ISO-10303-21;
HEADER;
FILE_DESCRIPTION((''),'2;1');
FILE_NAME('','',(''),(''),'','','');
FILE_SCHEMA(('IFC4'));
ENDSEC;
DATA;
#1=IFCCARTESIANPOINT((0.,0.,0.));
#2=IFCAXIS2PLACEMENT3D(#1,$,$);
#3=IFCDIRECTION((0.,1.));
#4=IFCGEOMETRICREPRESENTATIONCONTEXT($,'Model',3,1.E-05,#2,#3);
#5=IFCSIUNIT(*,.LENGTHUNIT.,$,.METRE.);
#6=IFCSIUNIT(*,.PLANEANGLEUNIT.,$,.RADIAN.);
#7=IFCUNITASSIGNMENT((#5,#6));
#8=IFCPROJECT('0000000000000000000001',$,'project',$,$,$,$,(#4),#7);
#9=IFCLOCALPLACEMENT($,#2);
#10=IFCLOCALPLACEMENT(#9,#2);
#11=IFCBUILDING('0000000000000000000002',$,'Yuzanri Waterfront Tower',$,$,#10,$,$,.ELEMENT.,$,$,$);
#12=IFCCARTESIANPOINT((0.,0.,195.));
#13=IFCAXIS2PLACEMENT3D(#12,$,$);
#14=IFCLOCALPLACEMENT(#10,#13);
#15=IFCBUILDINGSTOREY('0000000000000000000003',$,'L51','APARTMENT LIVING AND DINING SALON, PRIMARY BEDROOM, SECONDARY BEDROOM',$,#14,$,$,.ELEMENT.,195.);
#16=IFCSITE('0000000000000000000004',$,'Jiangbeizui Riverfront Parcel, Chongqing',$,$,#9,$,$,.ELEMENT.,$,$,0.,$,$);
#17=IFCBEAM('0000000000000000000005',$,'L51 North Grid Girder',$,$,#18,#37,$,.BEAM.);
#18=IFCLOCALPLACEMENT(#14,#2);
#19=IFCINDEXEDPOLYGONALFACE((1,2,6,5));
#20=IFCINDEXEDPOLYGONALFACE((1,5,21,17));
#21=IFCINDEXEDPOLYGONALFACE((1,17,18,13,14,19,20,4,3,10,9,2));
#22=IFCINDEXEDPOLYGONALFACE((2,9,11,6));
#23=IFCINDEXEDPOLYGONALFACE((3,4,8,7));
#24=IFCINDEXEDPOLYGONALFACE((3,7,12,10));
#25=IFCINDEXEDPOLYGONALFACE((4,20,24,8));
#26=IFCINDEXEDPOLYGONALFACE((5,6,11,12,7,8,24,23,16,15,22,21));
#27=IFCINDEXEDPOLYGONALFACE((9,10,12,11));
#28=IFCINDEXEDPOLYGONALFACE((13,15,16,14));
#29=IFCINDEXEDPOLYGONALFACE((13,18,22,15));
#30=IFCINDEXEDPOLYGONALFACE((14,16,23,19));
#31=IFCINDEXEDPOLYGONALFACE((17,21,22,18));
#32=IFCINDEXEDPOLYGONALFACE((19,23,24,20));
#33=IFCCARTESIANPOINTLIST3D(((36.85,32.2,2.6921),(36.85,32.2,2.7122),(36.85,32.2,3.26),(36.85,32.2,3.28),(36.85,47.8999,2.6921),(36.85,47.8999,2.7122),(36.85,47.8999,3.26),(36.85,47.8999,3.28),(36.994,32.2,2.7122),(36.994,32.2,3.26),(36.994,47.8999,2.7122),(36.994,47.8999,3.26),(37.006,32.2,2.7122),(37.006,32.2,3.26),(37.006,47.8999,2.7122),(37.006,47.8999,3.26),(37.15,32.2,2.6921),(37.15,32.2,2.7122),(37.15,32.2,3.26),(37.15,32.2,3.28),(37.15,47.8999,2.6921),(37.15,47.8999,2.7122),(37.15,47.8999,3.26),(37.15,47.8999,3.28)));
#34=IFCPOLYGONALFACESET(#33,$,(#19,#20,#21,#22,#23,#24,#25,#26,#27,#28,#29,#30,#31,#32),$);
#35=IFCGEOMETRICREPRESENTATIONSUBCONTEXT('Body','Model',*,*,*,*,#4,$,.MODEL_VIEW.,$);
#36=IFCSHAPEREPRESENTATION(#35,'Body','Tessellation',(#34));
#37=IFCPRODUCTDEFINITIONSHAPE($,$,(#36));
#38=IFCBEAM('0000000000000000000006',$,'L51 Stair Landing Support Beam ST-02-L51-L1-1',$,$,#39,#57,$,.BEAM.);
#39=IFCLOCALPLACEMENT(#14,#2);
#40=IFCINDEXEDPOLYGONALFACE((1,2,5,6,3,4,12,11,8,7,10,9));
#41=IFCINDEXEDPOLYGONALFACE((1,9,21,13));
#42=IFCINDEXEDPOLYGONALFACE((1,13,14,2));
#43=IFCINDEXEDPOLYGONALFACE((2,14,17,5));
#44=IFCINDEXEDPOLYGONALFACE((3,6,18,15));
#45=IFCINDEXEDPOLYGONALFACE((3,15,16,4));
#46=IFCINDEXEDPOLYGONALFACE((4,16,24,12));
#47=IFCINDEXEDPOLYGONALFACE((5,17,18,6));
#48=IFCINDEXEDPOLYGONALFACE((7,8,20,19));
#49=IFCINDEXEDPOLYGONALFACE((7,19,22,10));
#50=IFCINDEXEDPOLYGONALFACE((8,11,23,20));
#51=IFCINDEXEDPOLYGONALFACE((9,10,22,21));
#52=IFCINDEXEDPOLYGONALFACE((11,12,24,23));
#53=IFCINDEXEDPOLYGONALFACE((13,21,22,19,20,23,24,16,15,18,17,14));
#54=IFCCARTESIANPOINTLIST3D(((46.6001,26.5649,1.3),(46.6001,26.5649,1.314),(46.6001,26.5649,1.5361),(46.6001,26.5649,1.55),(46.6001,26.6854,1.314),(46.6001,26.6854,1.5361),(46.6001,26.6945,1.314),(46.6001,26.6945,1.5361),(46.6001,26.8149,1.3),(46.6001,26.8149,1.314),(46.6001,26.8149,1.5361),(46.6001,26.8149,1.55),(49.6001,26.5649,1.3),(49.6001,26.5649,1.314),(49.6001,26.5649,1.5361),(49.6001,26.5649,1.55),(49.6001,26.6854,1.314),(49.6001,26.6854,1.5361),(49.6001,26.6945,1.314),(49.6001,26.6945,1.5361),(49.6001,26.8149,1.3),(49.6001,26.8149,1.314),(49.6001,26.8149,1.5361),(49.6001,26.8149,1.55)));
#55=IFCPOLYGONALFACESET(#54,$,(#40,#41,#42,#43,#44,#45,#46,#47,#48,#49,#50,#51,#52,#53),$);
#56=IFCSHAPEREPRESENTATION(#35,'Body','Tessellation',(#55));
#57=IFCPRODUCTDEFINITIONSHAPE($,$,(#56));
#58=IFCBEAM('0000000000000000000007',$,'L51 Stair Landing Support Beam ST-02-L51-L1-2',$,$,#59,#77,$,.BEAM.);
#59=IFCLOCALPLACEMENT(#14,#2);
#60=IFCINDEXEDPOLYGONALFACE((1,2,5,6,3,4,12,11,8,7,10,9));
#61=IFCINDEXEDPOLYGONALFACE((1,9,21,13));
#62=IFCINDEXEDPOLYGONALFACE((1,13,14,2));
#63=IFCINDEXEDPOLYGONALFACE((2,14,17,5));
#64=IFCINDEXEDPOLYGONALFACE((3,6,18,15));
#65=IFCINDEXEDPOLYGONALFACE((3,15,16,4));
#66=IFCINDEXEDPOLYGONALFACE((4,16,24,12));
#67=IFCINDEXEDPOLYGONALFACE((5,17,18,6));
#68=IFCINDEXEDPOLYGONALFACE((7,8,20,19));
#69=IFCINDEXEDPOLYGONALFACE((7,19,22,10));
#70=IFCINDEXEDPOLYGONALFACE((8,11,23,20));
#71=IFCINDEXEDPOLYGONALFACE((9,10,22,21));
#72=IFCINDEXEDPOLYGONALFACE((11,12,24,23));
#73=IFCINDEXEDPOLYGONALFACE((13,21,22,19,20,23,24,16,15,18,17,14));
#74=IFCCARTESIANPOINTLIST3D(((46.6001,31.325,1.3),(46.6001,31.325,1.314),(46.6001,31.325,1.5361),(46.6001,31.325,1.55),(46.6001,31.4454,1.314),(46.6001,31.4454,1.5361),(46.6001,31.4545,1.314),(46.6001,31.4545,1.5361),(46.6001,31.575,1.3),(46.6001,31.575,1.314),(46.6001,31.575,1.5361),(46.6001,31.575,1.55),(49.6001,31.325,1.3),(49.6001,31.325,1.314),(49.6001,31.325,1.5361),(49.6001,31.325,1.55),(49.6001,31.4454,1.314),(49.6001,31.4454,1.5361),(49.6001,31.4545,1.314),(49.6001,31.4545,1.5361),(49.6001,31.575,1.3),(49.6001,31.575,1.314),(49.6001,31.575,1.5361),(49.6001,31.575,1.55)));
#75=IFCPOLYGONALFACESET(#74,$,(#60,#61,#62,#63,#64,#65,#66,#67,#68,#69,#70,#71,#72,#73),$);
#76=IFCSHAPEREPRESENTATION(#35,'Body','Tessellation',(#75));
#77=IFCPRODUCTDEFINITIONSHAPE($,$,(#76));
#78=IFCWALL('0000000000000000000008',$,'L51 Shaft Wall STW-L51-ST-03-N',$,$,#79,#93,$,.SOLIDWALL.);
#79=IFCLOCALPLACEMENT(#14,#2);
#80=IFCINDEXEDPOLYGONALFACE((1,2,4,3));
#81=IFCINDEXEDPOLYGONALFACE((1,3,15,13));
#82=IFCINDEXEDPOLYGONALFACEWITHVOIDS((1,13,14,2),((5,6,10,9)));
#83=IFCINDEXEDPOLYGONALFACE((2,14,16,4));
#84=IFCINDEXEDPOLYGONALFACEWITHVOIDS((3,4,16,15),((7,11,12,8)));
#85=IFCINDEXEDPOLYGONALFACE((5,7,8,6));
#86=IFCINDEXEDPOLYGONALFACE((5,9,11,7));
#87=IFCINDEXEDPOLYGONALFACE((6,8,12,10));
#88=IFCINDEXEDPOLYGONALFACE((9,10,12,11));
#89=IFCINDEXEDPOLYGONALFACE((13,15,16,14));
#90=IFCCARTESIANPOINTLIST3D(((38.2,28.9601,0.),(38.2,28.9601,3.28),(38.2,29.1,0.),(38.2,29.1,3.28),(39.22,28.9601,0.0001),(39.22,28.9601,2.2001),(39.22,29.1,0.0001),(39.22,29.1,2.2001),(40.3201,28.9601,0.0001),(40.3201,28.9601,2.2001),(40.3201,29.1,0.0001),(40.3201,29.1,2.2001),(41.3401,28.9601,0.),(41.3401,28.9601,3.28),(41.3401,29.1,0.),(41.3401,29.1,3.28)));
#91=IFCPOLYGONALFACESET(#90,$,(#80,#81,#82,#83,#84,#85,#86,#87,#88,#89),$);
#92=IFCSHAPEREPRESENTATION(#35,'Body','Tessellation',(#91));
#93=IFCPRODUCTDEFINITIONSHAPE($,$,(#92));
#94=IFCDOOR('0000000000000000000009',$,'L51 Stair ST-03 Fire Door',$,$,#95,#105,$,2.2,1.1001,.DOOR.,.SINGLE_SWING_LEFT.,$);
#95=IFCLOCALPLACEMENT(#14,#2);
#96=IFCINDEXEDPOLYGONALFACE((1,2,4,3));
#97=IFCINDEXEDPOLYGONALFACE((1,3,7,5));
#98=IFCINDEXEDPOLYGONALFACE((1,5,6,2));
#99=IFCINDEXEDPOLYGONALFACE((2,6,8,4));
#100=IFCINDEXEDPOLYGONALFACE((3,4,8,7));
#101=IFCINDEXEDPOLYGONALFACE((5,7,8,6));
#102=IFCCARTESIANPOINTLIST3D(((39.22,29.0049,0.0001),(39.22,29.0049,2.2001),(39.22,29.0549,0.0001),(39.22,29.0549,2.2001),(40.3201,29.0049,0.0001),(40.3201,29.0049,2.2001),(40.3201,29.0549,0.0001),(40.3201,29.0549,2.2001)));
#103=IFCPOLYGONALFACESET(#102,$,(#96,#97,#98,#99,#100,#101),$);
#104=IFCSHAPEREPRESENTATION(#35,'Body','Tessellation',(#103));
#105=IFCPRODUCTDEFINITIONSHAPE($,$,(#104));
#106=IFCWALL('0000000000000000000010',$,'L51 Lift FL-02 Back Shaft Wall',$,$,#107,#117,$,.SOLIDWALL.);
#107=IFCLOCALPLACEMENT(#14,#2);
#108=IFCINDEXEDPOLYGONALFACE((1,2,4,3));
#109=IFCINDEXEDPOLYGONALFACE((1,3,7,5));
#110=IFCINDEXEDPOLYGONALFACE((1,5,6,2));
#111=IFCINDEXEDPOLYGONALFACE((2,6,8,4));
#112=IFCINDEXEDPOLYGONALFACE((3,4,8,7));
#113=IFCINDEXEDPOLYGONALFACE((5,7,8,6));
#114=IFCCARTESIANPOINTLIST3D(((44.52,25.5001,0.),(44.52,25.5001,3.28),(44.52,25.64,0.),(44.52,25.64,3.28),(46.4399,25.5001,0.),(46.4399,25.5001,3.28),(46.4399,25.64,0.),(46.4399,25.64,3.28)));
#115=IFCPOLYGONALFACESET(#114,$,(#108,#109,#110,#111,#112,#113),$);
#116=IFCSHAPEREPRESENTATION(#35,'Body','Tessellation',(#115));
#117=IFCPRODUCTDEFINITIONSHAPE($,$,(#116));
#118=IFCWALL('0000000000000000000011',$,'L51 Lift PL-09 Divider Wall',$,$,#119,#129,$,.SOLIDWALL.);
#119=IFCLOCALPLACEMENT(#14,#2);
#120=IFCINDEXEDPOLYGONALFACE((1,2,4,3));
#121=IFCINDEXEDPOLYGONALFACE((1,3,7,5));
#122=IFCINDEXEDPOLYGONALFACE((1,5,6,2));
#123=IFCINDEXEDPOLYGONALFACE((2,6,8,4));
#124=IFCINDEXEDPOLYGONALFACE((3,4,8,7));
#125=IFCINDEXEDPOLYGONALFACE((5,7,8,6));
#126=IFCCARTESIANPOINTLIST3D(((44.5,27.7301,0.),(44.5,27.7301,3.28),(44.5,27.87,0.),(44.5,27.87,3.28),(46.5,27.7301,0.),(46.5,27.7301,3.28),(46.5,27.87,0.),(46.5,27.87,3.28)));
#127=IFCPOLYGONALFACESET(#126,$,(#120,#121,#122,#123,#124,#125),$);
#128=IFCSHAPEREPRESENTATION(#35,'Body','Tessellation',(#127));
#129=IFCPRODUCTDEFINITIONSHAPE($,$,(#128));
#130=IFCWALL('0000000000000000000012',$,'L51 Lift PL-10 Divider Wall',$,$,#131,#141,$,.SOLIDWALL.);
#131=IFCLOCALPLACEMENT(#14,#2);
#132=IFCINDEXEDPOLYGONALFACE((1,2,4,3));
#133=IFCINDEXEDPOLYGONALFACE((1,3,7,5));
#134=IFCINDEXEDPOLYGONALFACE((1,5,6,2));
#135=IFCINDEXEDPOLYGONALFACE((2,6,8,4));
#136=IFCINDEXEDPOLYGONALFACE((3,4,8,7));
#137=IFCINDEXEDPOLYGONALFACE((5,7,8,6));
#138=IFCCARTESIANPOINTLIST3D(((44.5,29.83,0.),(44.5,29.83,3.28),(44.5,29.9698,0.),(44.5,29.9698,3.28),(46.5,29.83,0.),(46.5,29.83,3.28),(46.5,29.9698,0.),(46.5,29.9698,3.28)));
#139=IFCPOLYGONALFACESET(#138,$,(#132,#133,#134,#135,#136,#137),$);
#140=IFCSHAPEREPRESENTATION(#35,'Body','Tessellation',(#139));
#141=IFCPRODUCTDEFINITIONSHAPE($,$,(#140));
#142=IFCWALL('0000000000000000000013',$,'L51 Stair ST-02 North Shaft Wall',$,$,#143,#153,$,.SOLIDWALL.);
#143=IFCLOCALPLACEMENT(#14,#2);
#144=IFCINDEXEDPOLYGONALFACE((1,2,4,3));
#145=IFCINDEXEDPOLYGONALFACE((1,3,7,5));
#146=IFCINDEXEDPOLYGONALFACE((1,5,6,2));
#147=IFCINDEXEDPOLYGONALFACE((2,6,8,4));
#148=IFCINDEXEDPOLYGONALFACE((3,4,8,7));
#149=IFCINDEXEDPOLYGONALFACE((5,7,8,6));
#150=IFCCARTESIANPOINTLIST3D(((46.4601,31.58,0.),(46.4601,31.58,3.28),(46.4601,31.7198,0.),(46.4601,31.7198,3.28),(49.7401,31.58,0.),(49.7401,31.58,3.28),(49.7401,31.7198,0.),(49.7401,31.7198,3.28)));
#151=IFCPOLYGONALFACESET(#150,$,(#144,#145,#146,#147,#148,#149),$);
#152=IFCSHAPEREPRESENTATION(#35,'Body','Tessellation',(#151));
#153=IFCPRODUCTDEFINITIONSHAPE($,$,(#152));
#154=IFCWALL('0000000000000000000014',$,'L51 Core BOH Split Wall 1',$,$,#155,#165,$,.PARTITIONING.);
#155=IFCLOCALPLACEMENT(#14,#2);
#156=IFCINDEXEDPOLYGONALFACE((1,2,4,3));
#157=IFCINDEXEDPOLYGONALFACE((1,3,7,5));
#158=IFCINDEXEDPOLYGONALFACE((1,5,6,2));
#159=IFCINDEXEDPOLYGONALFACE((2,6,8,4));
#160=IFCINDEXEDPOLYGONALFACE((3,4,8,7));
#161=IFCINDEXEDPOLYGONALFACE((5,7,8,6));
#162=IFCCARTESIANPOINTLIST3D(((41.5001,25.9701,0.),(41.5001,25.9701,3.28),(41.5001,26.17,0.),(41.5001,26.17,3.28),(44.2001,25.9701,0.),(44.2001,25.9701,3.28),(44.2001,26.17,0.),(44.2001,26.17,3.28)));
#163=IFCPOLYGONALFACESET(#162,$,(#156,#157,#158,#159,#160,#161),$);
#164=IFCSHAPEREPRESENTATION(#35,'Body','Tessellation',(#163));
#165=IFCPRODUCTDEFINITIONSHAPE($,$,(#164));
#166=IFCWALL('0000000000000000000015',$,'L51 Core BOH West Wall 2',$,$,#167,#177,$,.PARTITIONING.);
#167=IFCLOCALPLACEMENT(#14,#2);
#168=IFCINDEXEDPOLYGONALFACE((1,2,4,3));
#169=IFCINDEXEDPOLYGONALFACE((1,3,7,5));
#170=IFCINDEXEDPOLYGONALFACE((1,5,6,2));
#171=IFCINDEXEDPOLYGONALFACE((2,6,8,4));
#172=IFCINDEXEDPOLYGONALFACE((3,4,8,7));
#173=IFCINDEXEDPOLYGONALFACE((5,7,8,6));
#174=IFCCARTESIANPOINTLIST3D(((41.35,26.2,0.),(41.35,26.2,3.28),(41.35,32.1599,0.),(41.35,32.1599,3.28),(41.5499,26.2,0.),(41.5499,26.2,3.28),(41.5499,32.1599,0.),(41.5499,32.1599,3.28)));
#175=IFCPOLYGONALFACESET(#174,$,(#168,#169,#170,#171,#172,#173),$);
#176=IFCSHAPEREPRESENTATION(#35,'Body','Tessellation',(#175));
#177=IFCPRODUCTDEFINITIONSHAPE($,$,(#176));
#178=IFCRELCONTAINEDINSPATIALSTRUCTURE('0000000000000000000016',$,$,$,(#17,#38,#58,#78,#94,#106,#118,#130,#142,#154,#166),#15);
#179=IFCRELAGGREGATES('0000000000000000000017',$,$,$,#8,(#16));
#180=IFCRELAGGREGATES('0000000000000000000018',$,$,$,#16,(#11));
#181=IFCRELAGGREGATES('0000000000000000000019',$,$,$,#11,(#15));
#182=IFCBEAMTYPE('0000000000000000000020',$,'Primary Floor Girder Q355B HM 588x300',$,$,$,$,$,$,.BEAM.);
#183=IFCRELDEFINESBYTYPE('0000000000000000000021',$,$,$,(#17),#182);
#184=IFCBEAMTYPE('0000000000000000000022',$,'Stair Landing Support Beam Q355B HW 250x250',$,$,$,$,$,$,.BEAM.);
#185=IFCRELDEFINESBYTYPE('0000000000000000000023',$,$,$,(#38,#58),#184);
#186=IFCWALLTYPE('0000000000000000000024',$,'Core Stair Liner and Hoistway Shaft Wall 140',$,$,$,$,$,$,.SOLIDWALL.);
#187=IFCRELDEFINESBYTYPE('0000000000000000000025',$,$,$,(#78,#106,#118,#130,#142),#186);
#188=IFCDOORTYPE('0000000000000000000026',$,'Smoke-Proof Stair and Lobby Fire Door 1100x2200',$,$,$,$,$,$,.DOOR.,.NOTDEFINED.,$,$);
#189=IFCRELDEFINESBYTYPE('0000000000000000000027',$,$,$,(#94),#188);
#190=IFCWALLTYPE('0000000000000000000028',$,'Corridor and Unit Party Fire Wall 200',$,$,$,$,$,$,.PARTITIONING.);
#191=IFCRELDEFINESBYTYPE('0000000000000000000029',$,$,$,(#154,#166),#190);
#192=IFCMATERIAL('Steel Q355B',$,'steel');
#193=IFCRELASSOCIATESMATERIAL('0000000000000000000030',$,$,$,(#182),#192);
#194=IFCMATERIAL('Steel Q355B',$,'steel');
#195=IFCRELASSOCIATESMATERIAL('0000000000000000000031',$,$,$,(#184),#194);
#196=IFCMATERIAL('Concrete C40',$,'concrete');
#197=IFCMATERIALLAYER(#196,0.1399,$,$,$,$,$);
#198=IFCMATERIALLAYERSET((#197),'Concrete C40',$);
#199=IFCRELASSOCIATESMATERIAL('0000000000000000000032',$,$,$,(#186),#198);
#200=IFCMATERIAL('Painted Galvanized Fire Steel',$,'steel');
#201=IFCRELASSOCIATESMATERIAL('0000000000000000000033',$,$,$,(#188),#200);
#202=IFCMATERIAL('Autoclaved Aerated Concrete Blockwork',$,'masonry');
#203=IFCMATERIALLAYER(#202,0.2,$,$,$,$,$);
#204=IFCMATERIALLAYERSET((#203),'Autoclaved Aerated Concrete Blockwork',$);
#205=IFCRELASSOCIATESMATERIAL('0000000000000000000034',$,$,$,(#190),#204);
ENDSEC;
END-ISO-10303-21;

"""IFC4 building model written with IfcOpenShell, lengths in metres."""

from ifc_helpers import new_model, si_unit, direction, frame, frame_2d, origin, origin_2d, place, context, subcontext, project, spatial, rectangle, i_section, extrude, source, transform, mapped, material, layer, layer_set, material_profile, profile_set, type_object, element, fill, save


model = new_model("IFC4")

# Units and contexts
model_context = context("Model", 3, precision=1e-05, world=origin(), true_north=direction((0.0, 1.0)))
body_context = subcontext(model_context, "Body", "Model", "MODEL_VIEW")
ifc_project = project(units=[si_unit("LENGTHUNIT", "METRE"), si_unit("PLANEANGLEUNIT", "RADIAN")], contexts=[model_context])

# Site, building, storey
site_placement = place(None, origin())
site = spatial("IfcSite", under=ifc_project, at=site_placement, Name="Jiangbeizui Riverfront Parcel, Chongqing", CompositionType="ELEMENT", RefElevation=0.0)
building_placement = place(site_placement, origin())
building = spatial("IfcBuilding", under=site, at=building_placement, Name="Yuzanri Waterfront Tower", CompositionType="ELEMENT")
storey_placement = place(building_placement, frame((0.0, 0.0, 195.0)))
storey = spatial("IfcBuildingStorey", under=building, at=storey_placement, Name="L51", Description="APARTMENT LIVING AND DINING SALON, PRIMARY BEDROOM, SECONDARY BEDROOM", CompositionType="ELEMENT", Elevation=195.0)

# Beams
ifc_material_1 = material(Name="Steel Q355B", Category="steel")
ifc_material_profile_1 = material_profile(ifc_material_1, i_section(OverallWidth=0.3, OverallDepth=0.5879, WebThickness=0.012, FlangeThickness=0.02, at=origin_2d()), Name="HM 588x300x12x20")
ifc_profile_set_1 = profile_set([ifc_material_profile_1], Name="Steel Q355B")
beam_type_1 = type_object("IfcBeamType", Name="Primary Floor Girder Q355B HM 588x300", PredefinedType="BEAM", material=ifc_profile_set_1)
shared_shape_1 = source(origin(), body_context, "Body", "SweptSolid", [
    extrude(i_section(OverallWidth=0.3, OverallDepth=0.5879, WebThickness=0.012, FlangeThickness=0.02, at=origin_2d()), origin(), (0.0, 0.0, 1.0), 15.7),
])
beam_placement = place(storey_placement, frame((37.0, 32.2, 2.9861), z_axis=(0.0, 1.0, 0.0), x_axis=(-1.0, 0.0, 0.0)))
element("IfcBeam", 1, at=beam_placement, inside=storey, type_object=beam_type_1, Name="L51 North Grid Girder", PredefinedType="BEAM", context=body_context, shape_type="MappedRepresentation", body=[
    mapped(shared_shape_1, transform((0.0, 0.0, 0.0), scale=1.0)),
])
ifc_material_2 = material(Name="Steel Q355B", Category="steel")
ifc_material_profile_2 = material_profile(ifc_material_2, i_section(OverallWidth=0.25, OverallDepth=0.25, WebThickness=0.009, FlangeThickness=0.0139, at=origin_2d()), Name="HW 250x250x9x14")
ifc_profile_set_2 = profile_set([ifc_material_profile_2], Name="Steel Q355B")
beam_type_2 = type_object("IfcBeamType", Name="Stair Landing Support Beam Q355B HW 250x250", PredefinedType="BEAM", material=ifc_profile_set_2)
shared_shape_2 = source(origin(), body_context, "Body", "SweptSolid", [
    extrude(i_section(OverallWidth=0.25, OverallDepth=0.25, WebThickness=0.009, FlangeThickness=0.0139, at=origin_2d()), origin(), (0.0, 0.0, 1.0), 3.0),
])
for number, where, z_axis, x_axis, name in (
    (2, (46.6001, 26.6899, 1.425), (1.0, 0.0, 0.0), (0.0, 1.0, 0.0), "L51 Stair Landing Support Beam ST-02-L51-L1-1"),
    (3, (46.6001, 31.45, 1.425), (1.0, 0.0, 0.0), (0.0, 1.0, 0.0), "L51 Stair Landing Support Beam ST-02-L51-L1-2"),
):
    element("IfcBeam", number, at=place(storey_placement, frame(where, z_axis=z_axis, x_axis=x_axis)), inside=storey, type_object=beam_type_2, Name=name, PredefinedType="BEAM", context=body_context, shape_type="MappedRepresentation", body=[
        mapped(shared_shape_2, transform((0.0, 0.0, 0.0), scale=1.0)),
    ])

# Wall, opening, door
ifc_material_3 = material(Name="Concrete C40", Category="concrete")
ifc_layer_1 = layer(ifc_material_3, 0.1399)
ifc_layer_set_1 = layer_set([ifc_layer_1], Name="Concrete C40")
wall_type_1 = type_object("IfcWallType", Name="Core Stair Liner and Hoistway Shaft Wall 140", PredefinedType="SOLIDWALL", material=ifc_layer_set_1)
wall_1_placement = place(storey_placement, frame((38.2, 29.03, 0.0), z_axis=(0.0, 0.0, 1.0), x_axis=(1.0, 0.0, 0.0)))
wall_1 = element("IfcWall", 4, at=wall_1_placement, inside=storey, type_object=wall_type_1, Name="L51 Shaft Wall STW-L51-ST-03-N", PredefinedType="SOLIDWALL", context=body_context, shape_type="SweptSolid", body=[
    extrude(rectangle(XDim=3.1401, YDim=0.1399, at=frame_2d((1.5701, 0.0))), origin(), (0.0, 0.0, 1.0), 3.28),
])
opening_placement = place(wall_1_placement, frame((1.02, 0.0, 0.0)))
opening = element("IfcOpeningElement", 5, at=opening_placement, cuts=wall_1, PredefinedType="OPENING", context=body_context, shape_type="SweptSolid", body=[
    extrude(rectangle(XDim=1.1001, YDim=2.2, at=frame_2d((0.55, 1.1001))), frame((0.0, 0.085, 0.0), z_axis=(0.0, -1.0, 0.0), x_axis=(1.0, 0.0, 0.0)), (0.0, 0.0, 1.0), 0.1697),
])
ifc_material_4 = material(Name="Painted Galvanized Fire Steel", Category="steel")
door_type = type_object("IfcDoorType", Name="Smoke-Proof Stair and Lobby Fire Door 1100x2200", OperationType="NOTDEFINED", PredefinedType="DOOR", material=ifc_material_4)
shared_shape_3 = source(origin(), body_context, "Body", "SweptSolid", [
    extrude(rectangle(XDim=1.1001, YDim=2.2, at=frame_2d((0.55, 1.1001))), frame((0.0, 0.0249, 0.0), z_axis=(0.0, -1.0, 0.0), x_axis=(1.0, 0.0, 0.0)), (0.0, 0.0, 1.0), 0.05),
])
door_placement = place(opening_placement, origin())
door = element("IfcDoor", 6, at=door_placement, inside=storey, type_object=door_type, Name="L51 Stair ST-03 Fire Door", OperationType="SINGLE_SWING_LEFT", OverallHeight=2.2, OverallWidth=1.1001, PredefinedType="DOOR", context=body_context, shape_type="MappedRepresentation", body=[
    mapped(shared_shape_3, transform((0.0, 0.0, 0.0), scale=1.0)),
])
fill(opening, door)

# Walls
shared_shape_4 = source(origin(), body_context, "Body", "SweptSolid", [
    extrude(rectangle(XDim=1.9199, YDim=0.1399, at=frame_2d((0.96, 0.0))), origin(), (0.0, 0.0, 1.0), 3.28),
])
wall_2_placement = place(storey_placement, frame((44.52, 25.5701, 0.0), z_axis=(0.0, 0.0, 1.0), x_axis=(1.0, 0.0, 0.0)))
element("IfcWall", 7, at=wall_2_placement, inside=storey, type_object=wall_type_1, Name="L51 Lift FL-02 Back Shaft Wall", PredefinedType="SOLIDWALL", context=body_context, shape_type="MappedRepresentation", body=[
    mapped(shared_shape_4, transform((0.0, 0.0, 0.0), scale=1.0)),
])
shared_shape_5 = source(origin(), body_context, "Body", "SweptSolid", [
    extrude(rectangle(XDim=2.0, YDim=0.1399, at=frame_2d((1.0, 0.0))), origin(), (0.0, 0.0, 1.0), 3.28),
])
for number, where, z_axis, x_axis, name in (
    (8, (44.5, 27.8, 0.0), (0.0, 0.0, 1.0), (1.0, 0.0, 0.0), "L51 Lift PL-09 Divider Wall"),
    (9, (44.5, 29.8999, 0.0), (0.0, 0.0, 1.0), (1.0, 0.0, 0.0), "L51 Lift PL-10 Divider Wall"),
):
    element("IfcWall", number, at=place(storey_placement, frame(where, z_axis=z_axis, x_axis=x_axis)), inside=storey, type_object=wall_type_1, Name=name, PredefinedType="SOLIDWALL", context=body_context, shape_type="MappedRepresentation", body=[
        mapped(shared_shape_5, transform((0.0, 0.0, 0.0), scale=1.0)),
    ])
shared_shape_6 = source(origin(), body_context, "Body", "SweptSolid", [
    extrude(rectangle(XDim=3.28, YDim=0.1399, at=frame_2d((1.6401, 0.0))), origin(), (0.0, 0.0, 1.0), 3.28),
])
wall_3_placement = place(storey_placement, frame((46.46, 31.6499, 0.0), z_axis=(0.0, 0.0, 1.0), x_axis=(1.0, 0.0, 0.0)))
element("IfcWall", 10, at=wall_3_placement, inside=storey, type_object=wall_type_1, Name="L51 Stair ST-02 North Shaft Wall", PredefinedType="SOLIDWALL", context=body_context, shape_type="MappedRepresentation", body=[
    mapped(shared_shape_6, transform((0.0, 0.0, 0.0), scale=1.0)),
])
ifc_material_5 = material(Name="Autoclaved Aerated Concrete Blockwork", Category="masonry")
ifc_layer_2 = layer(ifc_material_5, 0.2)
ifc_layer_set_2 = layer_set([ifc_layer_2], Name="Autoclaved Aerated Concrete Blockwork")
wall_type_2 = type_object("IfcWallType", Name="Corridor and Unit Party Fire Wall 200", PredefinedType="PARTITIONING", material=ifc_layer_set_2)
shared_shape_7 = source(origin(), body_context, "Body", "SweptSolid", [
    extrude(rectangle(XDim=2.7, YDim=0.2, at=frame_2d((1.3501, 0.0))), origin(), (0.0, 0.0, 1.0), 3.28),
])
wall_4_placement = place(storey_placement, frame((41.5, 26.0701, 0.0), z_axis=(0.0, 0.0, 1.0), x_axis=(1.0, 0.0, 0.0)))
element("IfcWall", 11, at=wall_4_placement, inside=storey, type_object=wall_type_2, Name="L51 Core BOH Split Wall 1", PredefinedType="PARTITIONING", context=body_context, shape_type="MappedRepresentation", body=[
    mapped(shared_shape_7, transform((0.0, 0.0, 0.0), scale=1.0)),
])
shared_shape_8 = source(origin(), body_context, "Body", "SweptSolid", [
    extrude(rectangle(XDim=5.96, YDim=0.2, at=frame_2d((2.98, 0.0))), origin(), (0.0, 0.0, 1.0), 3.28),
])
wall_5_placement = place(storey_placement, frame((41.45, 26.2, 0.0), z_axis=(0.0, 0.0, 1.0), x_axis=(0.0, 1.0, 0.0)))
element("IfcWall", 12, at=wall_5_placement, inside=storey, type_object=wall_type_2, Name="L51 Core BOH West Wall 2", PredefinedType="PARTITIONING", context=body_context, shape_type="MappedRepresentation", body=[
    mapped(shared_shape_8, transform((0.0, 0.0, 0.0), scale=1.0)),
])

save(model, "model.ifc")
